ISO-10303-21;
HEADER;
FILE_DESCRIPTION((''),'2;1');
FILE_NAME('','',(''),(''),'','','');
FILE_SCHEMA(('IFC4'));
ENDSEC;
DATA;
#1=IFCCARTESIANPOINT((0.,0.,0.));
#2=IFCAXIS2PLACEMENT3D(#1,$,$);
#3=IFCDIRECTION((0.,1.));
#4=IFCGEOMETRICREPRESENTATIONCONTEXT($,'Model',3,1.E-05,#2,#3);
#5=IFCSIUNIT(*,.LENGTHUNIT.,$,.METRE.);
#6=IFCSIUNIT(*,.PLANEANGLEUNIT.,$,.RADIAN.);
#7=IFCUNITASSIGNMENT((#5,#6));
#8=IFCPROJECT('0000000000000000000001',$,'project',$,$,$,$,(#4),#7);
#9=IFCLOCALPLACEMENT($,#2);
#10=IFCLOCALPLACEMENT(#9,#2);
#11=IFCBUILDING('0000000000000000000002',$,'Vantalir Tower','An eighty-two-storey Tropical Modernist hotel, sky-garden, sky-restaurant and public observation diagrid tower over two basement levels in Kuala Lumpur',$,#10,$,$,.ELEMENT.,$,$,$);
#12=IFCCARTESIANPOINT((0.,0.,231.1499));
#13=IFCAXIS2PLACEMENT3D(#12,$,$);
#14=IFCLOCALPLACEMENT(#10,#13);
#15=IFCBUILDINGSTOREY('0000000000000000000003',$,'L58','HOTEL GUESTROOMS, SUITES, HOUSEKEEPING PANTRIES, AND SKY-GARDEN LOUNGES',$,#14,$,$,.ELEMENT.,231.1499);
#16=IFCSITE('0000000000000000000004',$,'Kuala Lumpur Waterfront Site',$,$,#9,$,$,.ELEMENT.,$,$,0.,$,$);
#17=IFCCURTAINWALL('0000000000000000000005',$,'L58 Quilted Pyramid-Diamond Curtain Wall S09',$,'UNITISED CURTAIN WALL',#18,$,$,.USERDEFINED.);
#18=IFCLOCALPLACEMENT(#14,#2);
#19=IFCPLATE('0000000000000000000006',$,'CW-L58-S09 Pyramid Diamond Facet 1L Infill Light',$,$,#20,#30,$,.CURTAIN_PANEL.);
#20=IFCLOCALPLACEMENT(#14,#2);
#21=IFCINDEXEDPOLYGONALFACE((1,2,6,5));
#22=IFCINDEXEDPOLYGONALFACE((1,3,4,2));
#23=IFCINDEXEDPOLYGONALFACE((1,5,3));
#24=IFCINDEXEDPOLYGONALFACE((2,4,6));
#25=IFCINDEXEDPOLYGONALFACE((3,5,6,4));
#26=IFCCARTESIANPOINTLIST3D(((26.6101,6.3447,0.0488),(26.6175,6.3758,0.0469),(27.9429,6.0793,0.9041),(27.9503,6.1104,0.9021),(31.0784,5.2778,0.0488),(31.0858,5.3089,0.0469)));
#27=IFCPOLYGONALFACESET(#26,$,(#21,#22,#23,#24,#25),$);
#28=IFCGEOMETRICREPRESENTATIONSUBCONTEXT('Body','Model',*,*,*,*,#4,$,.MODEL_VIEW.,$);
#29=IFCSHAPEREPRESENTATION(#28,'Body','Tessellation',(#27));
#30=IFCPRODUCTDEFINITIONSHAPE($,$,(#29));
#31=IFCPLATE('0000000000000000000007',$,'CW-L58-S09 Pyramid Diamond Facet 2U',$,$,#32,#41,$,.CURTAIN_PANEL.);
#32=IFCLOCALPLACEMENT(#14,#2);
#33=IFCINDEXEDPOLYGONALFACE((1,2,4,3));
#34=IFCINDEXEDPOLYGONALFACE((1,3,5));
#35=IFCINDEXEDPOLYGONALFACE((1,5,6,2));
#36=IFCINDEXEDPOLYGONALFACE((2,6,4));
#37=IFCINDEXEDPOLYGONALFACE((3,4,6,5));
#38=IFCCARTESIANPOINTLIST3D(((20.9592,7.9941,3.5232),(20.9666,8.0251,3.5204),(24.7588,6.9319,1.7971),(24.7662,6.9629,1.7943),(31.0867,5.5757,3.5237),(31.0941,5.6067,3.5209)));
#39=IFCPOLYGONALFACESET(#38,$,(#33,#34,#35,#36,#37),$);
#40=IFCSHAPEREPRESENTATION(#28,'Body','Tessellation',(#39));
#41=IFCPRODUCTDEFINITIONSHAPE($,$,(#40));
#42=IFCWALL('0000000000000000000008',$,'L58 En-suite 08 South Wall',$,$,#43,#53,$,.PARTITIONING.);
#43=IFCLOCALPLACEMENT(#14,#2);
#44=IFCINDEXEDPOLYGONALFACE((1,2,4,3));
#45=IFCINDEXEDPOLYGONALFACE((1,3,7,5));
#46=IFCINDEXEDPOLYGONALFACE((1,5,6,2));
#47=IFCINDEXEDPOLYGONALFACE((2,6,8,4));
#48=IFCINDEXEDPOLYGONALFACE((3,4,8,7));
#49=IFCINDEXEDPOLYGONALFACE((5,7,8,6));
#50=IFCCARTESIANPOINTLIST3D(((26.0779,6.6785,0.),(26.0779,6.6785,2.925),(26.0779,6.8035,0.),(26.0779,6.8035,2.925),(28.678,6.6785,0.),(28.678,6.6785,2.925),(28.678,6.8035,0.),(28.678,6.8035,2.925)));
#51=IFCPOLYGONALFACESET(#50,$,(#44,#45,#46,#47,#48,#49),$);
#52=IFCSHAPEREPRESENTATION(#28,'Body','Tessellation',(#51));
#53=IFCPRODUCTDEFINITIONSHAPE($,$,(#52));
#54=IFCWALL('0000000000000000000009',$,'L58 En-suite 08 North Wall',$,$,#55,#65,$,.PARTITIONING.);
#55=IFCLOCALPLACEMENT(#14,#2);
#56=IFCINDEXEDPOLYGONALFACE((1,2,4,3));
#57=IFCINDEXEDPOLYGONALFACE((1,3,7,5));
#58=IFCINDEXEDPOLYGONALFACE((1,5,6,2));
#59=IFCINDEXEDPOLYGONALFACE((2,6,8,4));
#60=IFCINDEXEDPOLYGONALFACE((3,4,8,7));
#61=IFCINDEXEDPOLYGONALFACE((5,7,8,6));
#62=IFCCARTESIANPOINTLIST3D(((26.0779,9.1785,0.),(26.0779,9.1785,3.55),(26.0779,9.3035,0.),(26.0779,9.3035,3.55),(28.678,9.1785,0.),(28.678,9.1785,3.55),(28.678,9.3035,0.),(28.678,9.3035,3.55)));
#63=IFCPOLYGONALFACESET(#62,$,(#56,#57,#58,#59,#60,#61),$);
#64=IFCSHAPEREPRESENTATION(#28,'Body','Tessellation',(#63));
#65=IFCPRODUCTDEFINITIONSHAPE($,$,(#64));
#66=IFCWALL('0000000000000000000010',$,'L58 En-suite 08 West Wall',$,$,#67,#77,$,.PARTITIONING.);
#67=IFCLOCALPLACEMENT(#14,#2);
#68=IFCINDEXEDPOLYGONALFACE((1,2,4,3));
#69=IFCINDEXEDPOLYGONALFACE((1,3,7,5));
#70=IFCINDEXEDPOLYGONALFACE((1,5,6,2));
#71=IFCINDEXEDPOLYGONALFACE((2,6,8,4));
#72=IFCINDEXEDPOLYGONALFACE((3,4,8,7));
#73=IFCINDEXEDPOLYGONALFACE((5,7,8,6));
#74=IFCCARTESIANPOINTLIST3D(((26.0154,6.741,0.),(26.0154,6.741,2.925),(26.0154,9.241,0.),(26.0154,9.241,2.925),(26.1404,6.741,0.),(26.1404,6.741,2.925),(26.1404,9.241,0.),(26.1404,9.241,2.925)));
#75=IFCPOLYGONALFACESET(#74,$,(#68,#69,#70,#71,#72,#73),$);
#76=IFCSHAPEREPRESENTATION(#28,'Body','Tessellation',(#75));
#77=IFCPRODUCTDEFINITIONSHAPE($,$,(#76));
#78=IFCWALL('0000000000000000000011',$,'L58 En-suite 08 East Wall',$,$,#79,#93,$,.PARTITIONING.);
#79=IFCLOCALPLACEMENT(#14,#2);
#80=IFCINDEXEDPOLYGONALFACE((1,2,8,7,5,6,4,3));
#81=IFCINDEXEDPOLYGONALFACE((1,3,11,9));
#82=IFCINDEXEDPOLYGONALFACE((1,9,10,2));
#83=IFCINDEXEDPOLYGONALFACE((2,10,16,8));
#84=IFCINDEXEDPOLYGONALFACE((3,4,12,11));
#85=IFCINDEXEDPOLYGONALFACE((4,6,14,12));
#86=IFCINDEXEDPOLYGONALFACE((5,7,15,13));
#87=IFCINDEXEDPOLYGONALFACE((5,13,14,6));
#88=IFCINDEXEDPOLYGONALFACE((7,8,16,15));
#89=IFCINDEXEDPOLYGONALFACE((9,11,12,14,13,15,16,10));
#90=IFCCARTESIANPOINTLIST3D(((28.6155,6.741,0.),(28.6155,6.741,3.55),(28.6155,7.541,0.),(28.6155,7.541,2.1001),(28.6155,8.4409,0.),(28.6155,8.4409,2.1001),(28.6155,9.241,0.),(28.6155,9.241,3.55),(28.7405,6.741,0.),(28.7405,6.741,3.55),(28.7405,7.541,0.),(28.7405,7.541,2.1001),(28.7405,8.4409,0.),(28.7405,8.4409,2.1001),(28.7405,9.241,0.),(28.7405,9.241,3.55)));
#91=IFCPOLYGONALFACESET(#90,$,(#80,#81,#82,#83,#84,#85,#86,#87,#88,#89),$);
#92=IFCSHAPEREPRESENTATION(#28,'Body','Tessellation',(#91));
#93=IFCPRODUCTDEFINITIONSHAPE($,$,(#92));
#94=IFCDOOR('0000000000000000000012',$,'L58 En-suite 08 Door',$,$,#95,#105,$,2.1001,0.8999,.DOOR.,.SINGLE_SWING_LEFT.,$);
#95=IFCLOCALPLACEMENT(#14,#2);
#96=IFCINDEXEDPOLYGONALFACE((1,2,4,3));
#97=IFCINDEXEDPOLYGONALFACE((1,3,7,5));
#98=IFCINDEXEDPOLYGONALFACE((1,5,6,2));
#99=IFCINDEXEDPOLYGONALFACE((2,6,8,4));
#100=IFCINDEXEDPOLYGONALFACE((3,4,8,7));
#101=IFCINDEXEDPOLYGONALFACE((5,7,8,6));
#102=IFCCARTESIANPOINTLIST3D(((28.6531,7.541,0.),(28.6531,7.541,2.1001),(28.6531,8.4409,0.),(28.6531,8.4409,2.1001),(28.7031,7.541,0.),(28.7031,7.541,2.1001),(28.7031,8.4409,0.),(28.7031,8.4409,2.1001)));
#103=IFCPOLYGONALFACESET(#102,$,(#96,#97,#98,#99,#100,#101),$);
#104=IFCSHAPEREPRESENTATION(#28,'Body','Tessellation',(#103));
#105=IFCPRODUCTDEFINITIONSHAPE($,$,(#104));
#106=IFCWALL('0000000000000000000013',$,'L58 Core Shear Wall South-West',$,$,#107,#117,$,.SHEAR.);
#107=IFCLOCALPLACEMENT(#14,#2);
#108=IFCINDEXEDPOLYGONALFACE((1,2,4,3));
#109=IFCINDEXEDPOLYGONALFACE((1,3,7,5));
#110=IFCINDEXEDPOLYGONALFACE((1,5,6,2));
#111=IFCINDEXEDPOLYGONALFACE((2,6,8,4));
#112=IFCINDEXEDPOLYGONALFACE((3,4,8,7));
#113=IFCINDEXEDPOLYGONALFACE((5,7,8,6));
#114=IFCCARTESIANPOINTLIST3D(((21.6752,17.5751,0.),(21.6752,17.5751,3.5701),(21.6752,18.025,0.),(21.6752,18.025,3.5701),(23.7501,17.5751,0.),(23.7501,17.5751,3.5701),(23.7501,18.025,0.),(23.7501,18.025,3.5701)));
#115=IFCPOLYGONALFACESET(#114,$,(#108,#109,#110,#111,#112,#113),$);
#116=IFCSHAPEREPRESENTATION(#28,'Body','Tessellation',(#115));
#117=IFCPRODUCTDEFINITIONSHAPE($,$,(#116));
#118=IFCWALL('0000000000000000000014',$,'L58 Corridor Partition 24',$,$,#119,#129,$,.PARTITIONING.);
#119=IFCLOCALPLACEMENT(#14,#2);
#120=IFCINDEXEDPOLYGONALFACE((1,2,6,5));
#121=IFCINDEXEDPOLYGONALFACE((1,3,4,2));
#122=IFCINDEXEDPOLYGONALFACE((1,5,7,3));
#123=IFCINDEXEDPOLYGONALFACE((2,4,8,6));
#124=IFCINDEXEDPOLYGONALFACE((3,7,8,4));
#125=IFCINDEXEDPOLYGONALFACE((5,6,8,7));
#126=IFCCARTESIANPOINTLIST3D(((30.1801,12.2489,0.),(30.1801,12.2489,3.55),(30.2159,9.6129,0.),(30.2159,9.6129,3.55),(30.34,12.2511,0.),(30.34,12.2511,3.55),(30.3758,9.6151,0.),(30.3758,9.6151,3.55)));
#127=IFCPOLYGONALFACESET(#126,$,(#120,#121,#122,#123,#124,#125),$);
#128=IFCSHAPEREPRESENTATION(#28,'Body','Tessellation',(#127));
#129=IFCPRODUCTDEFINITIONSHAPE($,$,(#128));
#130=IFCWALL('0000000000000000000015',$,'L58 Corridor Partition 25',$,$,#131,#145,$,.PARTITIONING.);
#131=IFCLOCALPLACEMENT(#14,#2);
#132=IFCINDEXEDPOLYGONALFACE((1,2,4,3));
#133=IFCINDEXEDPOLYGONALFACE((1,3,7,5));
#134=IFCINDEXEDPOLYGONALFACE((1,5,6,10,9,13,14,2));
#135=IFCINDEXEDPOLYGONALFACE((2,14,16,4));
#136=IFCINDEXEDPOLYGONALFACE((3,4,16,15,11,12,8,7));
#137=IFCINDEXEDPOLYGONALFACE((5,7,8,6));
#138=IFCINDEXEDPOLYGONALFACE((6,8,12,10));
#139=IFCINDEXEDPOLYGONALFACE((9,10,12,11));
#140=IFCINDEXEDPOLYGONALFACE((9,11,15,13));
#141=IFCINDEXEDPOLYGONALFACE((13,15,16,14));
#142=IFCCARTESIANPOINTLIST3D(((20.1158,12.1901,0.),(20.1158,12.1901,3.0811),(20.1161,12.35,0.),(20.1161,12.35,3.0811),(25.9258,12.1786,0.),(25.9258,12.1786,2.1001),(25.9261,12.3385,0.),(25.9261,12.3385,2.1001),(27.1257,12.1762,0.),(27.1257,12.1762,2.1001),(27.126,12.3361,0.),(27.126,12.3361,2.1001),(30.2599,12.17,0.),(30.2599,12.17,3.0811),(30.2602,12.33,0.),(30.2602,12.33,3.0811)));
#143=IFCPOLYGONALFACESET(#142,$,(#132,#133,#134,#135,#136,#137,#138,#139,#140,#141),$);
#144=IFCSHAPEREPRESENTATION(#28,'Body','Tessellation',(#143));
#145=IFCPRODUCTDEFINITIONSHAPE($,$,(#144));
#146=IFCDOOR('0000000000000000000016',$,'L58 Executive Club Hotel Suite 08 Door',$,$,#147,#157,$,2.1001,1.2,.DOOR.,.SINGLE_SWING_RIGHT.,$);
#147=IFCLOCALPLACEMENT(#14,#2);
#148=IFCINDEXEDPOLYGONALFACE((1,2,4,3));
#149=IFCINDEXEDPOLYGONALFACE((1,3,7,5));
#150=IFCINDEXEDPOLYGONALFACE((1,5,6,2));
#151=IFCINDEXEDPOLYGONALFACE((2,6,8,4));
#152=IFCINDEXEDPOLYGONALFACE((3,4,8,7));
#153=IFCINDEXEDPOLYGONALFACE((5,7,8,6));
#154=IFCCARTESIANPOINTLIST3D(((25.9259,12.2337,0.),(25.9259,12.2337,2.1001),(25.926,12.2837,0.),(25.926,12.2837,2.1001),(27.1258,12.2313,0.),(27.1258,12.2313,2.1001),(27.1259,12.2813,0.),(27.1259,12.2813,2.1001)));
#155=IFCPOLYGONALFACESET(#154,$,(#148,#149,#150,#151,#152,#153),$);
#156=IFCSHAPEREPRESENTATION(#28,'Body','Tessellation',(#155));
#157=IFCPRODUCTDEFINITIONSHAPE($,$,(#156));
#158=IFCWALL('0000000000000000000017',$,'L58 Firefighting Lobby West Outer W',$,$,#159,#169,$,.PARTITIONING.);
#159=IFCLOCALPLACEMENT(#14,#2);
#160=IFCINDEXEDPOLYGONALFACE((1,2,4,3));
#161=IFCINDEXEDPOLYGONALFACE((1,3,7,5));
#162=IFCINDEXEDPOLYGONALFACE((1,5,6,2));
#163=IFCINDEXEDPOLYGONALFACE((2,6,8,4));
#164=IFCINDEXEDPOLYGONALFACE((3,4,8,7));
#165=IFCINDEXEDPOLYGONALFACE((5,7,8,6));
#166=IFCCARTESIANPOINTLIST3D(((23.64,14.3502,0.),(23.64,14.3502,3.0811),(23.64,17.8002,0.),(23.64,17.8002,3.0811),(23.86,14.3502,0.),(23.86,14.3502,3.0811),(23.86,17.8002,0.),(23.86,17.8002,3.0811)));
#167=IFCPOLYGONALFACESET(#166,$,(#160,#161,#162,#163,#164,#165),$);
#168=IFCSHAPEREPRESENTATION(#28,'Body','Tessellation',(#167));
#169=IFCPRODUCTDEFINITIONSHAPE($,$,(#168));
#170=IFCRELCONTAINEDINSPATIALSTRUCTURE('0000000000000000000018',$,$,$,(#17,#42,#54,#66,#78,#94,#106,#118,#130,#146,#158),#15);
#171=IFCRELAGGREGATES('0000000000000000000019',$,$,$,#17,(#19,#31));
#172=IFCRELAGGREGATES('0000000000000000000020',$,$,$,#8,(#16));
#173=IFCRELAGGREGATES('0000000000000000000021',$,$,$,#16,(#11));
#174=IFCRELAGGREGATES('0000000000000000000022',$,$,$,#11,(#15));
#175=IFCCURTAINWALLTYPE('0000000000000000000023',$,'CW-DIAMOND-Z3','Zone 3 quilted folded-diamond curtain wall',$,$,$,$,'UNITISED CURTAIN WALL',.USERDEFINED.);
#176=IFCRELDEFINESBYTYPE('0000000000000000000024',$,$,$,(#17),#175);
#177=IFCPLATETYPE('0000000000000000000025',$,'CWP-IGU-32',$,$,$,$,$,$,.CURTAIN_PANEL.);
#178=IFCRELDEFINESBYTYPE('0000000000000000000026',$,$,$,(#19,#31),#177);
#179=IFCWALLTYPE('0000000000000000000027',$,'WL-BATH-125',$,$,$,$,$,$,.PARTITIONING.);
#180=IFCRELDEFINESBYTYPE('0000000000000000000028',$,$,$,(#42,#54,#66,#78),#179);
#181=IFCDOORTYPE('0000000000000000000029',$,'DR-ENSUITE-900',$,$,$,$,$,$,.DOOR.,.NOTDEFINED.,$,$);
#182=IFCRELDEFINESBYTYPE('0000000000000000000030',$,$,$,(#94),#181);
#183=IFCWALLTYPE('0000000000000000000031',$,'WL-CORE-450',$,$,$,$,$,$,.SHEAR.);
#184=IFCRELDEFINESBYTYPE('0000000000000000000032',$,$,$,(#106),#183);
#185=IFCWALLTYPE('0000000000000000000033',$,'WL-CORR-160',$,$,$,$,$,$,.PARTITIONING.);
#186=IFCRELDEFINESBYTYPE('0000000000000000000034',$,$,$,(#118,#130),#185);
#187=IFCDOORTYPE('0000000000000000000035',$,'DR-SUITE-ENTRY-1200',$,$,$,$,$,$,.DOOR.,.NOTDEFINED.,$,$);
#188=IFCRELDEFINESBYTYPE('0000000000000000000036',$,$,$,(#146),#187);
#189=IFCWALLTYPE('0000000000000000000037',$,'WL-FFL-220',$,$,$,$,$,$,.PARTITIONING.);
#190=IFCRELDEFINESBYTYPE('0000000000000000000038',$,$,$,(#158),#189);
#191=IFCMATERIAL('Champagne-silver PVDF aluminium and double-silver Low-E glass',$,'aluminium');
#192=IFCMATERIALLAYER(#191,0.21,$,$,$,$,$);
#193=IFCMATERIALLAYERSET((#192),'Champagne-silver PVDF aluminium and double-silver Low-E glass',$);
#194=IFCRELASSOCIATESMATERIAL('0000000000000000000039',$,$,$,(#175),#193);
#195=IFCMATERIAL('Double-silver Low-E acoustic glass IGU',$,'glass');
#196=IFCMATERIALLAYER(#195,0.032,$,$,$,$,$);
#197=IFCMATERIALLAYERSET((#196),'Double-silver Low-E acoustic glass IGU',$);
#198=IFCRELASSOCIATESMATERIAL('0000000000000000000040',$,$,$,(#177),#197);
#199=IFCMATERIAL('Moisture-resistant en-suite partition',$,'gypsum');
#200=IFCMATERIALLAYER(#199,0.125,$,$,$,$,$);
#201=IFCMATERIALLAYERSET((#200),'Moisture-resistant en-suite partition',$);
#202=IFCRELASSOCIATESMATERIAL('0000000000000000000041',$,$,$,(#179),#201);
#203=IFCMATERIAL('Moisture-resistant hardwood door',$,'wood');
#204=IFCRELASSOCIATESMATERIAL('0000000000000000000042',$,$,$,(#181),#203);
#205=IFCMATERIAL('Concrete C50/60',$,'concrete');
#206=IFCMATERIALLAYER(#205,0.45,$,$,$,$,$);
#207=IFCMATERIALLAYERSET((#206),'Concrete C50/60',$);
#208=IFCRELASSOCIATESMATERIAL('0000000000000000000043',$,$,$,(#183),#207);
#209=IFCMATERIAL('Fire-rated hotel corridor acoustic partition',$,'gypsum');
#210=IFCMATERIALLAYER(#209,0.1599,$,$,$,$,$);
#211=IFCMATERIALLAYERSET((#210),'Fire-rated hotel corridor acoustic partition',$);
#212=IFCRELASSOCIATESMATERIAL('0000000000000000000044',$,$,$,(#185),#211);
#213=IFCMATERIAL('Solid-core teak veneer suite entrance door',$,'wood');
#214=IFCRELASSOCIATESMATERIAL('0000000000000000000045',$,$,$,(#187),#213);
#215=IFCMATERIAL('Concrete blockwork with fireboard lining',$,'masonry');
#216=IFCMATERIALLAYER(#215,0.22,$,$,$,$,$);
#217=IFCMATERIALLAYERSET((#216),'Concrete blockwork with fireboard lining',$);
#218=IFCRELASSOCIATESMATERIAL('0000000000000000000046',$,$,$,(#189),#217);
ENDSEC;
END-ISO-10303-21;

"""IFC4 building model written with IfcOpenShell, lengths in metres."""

from ifc_helpers import new_model, si_unit, direction, frame, frame_2d, origin, place, context, subcontext, project, spatial, polyline, rectangle, outline, extrude, material, layer, layer_set, type_object, element, fill, aggregate, save


model = new_model("IFC4")

# Units and contexts
model_context = context("Model", 3, precision=1e-05, world=origin(), true_north=direction((0.0, 1.0)))
body_context = subcontext(model_context, "Body", "Model", "MODEL_VIEW")
ifc_project = project(units=[si_unit("LENGTHUNIT", "METRE"), si_unit("PLANEANGLEUNIT", "RADIAN")], contexts=[model_context])

# Site, building, storey
site_placement = place(None, origin())
site = spatial("IfcSite", under=ifc_project, at=site_placement, Name="Kuala Lumpur Waterfront Site", CompositionType="ELEMENT", RefElevation=0.0)
building_placement = place(site_placement, origin())
building = spatial("IfcBuilding", under=site, at=building_placement, Name="Vantalir Tower", Description="An eighty-two-storey Tropical Modernist hotel, sky-garden, sky-restaurant and public observation diagrid tower over two basement levels in Kuala Lumpur", CompositionType="ELEMENT")
storey_placement = place(building_placement, frame((0.0, 0.0, 231.1499)))
storey = spatial("IfcBuildingStorey", under=building, at=storey_placement, Name="L58", Description="HOTEL GUESTROOMS, SUITES, HOUSEKEEPING PANTRIES, AND SKY-GARDEN LOUNGES", CompositionType="ELEMENT", Elevation=231.1499)

# Shared definitions
ifc_material_1 = material(Name="Concrete C50/60", Category="concrete")

# Curtain wall, plates
ifc_material_2 = material(Name="Champagne-silver PVDF aluminium and double-silver Low-E glass", Category="aluminium")
ifc_layer_1 = layer(ifc_material_2, 0.21)
ifc_layer_set_1 = layer_set([ifc_layer_1], Name="Champagne-silver PVDF aluminium and double-silver Low-E glass")
curtain_wall_type = type_object("IfcCurtainWallType", Name="CW-DIAMOND-Z3", Description="Zone 3 quilted folded-diamond curtain wall", ElementType="UNITISED CURTAIN WALL", PredefinedType="USERDEFINED", material=ifc_layer_set_1)
curtain_wall_placement = place(storey_placement, origin())
curtain_wall = element("IfcCurtainWall", 1, at=curtain_wall_placement, inside=storey, type_object=curtain_wall_type, Name="L58 Quilted Pyramid-Diamond Curtain Wall S09", ObjectType="UNITISED CURTAIN WALL", PredefinedType="USERDEFINED")
ifc_material_3 = material(Name="Double-silver Low-E acoustic glass IGU", Category="glass")
ifc_layer_2 = layer(ifc_material_3, 0.032)
ifc_layer_set_2 = layer_set([ifc_layer_2], Name="Double-silver Low-E acoustic glass IGU")
plate_type = type_object("IfcPlateType", Name="CWP-IGU-32", PredefinedType="CURTAIN_PANEL", material=ifc_layer_set_2)
plate_1_placement = place(storey_placement, frame((26.6101, 6.3447, 0.0488), z_axis=(-0.231825, -0.970906, 0.059993), x_axis=(0.972658, -0.232243, 0.0)))
plate_1 = element("IfcPlate", 2, at=plate_1_placement, type_object=plate_type, Name="CW-L58-S09 Pyramid Diamond Facet 1L Infill Light", PredefinedType="CURTAIN_PANEL", context=body_context, shape_type="SweptSolid", body=[
    extrude(outline(polyline([(0.0, 0.0), (4.5939, 0.0), (1.358, 0.8568), (0.0, 0.0)])), origin(), (0.0, 0.0, -1.0), 0.032),
])
plate_2_placement = place(storey_placement, frame((31.0867, 5.5757, 3.5237), z_axis=(-0.231396, -0.968966, 0.086954), x_axis=(-0.972651, 0.232271, -0.000047)))
plate_2 = element("IfcPlate", 3, at=plate_2_placement, type_object=plate_type, Name="CW-L58-S09 Pyramid Diamond Facet 2U", PredefinedType="CURTAIN_PANEL", context=body_context, shape_type="SweptSolid", body=[
    extrude(outline(polyline([(0.0, 0.0), (10.4122, 0.0), (6.4699, 1.7328), (0.0, 0.0)])), origin(), (0.0, 0.0, -1.0), 0.032),
])
aggregate(curtain_wall, [plate_1, plate_2])

# Walls
ifc_material_4 = material(Name="Moisture-resistant en-suite partition", Category="gypsum")
ifc_layer_3 = layer(ifc_material_4, 0.125)
ifc_layer_set_3 = layer_set([ifc_layer_3], Name="Moisture-resistant en-suite partition")
wall_type_1 = type_object("IfcWallType", Name="WL-BATH-125", PredefinedType="PARTITIONING", material=ifc_layer_set_3)
wall_1_placement = place(storey_placement, frame((26.0779, 6.741, 0.0), z_axis=(0.0, 0.0, 1.0), x_axis=(1.0, 0.0, 0.0)))
element("IfcWall", 4, at=wall_1_placement, inside=storey, type_object=wall_type_1, Name="L58 En-suite 08 South Wall", PredefinedType="PARTITIONING", context=body_context, shape_type="SweptSolid", body=[
    extrude(rectangle(XDim=2.6001, YDim=0.125, at=frame_2d((1.3, 0.0))), origin(), (0.0, 0.0, 1.0), 2.925),
])
wall_2_placement = place(storey_placement, frame((26.0779, 9.241, 0.0), z_axis=(0.0, 0.0, 1.0), x_axis=(1.0, 0.0, 0.0)))
element("IfcWall", 5, at=wall_2_placement, inside=storey, type_object=wall_type_1, Name="L58 En-suite 08 North Wall", PredefinedType="PARTITIONING", context=body_context, shape_type="SweptSolid", body=[
    extrude(rectangle(XDim=2.6001, YDim=0.125, at=frame_2d((1.3, 0.0))), origin(), (0.0, 0.0, 1.0), 3.55),
])
wall_3_placement = place(storey_placement, frame((26.0779, 6.741, 0.0), z_axis=(0.0, 0.0, 1.0), x_axis=(0.0, 1.0, 0.0)))
element("IfcWall", 6, at=wall_3_placement, inside=storey, type_object=wall_type_1, Name="L58 En-suite 08 West Wall", PredefinedType="PARTITIONING", context=body_context, shape_type="SweptSolid", body=[
    extrude(rectangle(XDim=2.5, YDim=0.125, at=frame_2d((1.25, 0.0))), origin(), (0.0, 0.0, 1.0), 2.925),
])

# Wall, opening, door
wall_4_placement = place(storey_placement, frame((28.678, 6.741, 0.0), z_axis=(0.0, 0.0, 1.0), x_axis=(0.0, 1.0, 0.0)))
wall_4 = element("IfcWall", 7, at=wall_4_placement, inside=storey, type_object=wall_type_1, Name="L58 En-suite 08 East Wall", PredefinedType="PARTITIONING", context=body_context, shape_type="SweptSolid", body=[
    extrude(rectangle(XDim=2.5, YDim=0.125, at=frame_2d((1.25, 0.0))), origin(), (0.0, 0.0, 1.0), 3.55),
])
opening_1_placement = place(wall_4_placement, frame((0.8, 0.0, 0.0)))
opening_1 = element("IfcOpeningElement", 8, at=opening_1_placement, cuts=wall_4, PredefinedType="OPENING", context=body_context, shape_type="SweptSolid", body=[
    extrude(rectangle(XDim=0.8999, YDim=2.1001, at=frame_2d((0.45, 1.05))), frame((0.0, 0.0725, 0.0), z_axis=(0.0, -1.0, 0.0), x_axis=(1.0, 0.0, 0.0)), (0.0, 0.0, 1.0), 0.145),
])
ifc_material_5 = material(Name="Moisture-resistant hardwood door", Category="wood")
door_type_1 = type_object("IfcDoorType", Name="DR-ENSUITE-900", OperationType="NOTDEFINED", PredefinedType="DOOR", material=ifc_material_5)
door_1_placement = place(opening_1_placement, origin())
door_1 = element("IfcDoor", 9, at=door_1_placement, inside=storey, type_object=door_type_1, Name="L58 En-suite 08 Door", OperationType="SINGLE_SWING_LEFT", OverallHeight=2.1001, OverallWidth=0.8999, PredefinedType="DOOR", context=body_context, shape_type="SweptSolid", body=[
    extrude(rectangle(XDim=0.8999, YDim=2.1001, at=frame_2d((0.45, 1.05))), frame((0.0, 0.0249, 0.0), z_axis=(0.0, -1.0, 0.0), x_axis=(1.0, 0.0, 0.0)), (0.0, 0.0, 1.0), 0.05),
])
fill(opening_1, door_1)

# Walls
ifc_layer_4 = layer(ifc_material_1, 0.45)
ifc_layer_set_4 = layer_set([ifc_layer_4], Name="Concrete C50/60")
wall_type_2 = type_object("IfcWallType", Name="WL-CORE-450", PredefinedType="SHEAR", material=ifc_layer_set_4)
wall_5_placement = place(storey_placement, frame((21.675, 17.8, 0.0), z_axis=(0.0, 0.0, 1.0), x_axis=(1.0, 0.0, 0.0)))
element("IfcWall", 10, at=wall_5_placement, inside=storey, type_object=wall_type_2, Name="L58 Core Shear Wall South-West", PredefinedType="SHEAR", context=body_context, shape_type="SweptSolid", body=[
    extrude(rectangle(XDim=2.075, YDim=0.45, at=frame_2d((1.0376, 0.0))), origin(), (0.0, 0.0, 1.0), 3.5701),
])
ifc_material_6 = material(Name="Fire-rated hotel corridor acoustic partition", Category="gypsum")
ifc_layer_5 = layer(ifc_material_6, 0.1599)
ifc_layer_set_5 = layer_set([ifc_layer_5], Name="Fire-rated hotel corridor acoustic partition")
wall_type_3 = type_object("IfcWallType", Name="WL-CORR-160", PredefinedType="PARTITIONING", material=ifc_layer_set_5)
wall_6_placement = place(storey_placement, frame((30.2959, 9.614, 0.0), z_axis=(0.0, 0.0, 1.0), x_axis=(-0.013614, 0.999907, 0.0)))
element("IfcWall", 11, at=wall_6_placement, inside=storey, type_object=wall_type_3, Name="L58 Corridor Partition 24", PredefinedType="PARTITIONING", context=body_context, shape_type="SweptSolid", body=[
    extrude(rectangle(XDim=2.6362, YDim=0.1599, at=frame_2d((1.3181, 0.0))), origin(), (0.0, 0.0, 1.0), 3.55),
])

# Wall, opening, door
wall_7_placement = place(storey_placement, frame((30.26, 12.25, 0.0), z_axis=(0.0, 0.0, 1.0), x_axis=(-0.999998, 0.001974, 0.0)))
wall_7 = element("IfcWall", 12, at=wall_7_placement, inside=storey, type_object=wall_type_3, Name="L58 Corridor Partition 25", PredefinedType="PARTITIONING", context=body_context, shape_type="SweptSolid", body=[
    extrude(rectangle(XDim=10.144, YDim=0.1599, at=frame_2d((5.072, 0.0))), origin(), (0.0, 0.0, 1.0), 3.0811),
])
opening_2_placement = place(wall_7_placement, frame((3.134, 0.0, 0.0)))
opening_2 = element("IfcOpeningElement", 13, at=opening_2_placement, cuts=wall_7, PredefinedType="OPENING", context=body_context, shape_type="SweptSolid", body=[
    extrude(rectangle(XDim=1.2, YDim=2.1001, at=frame_2d((0.6001, 1.05))), frame((0.0, 0.0898, 0.0), z_axis=(0.0, -1.0, 0.0), x_axis=(1.0, 0.0, 0.0)), (0.0, 0.0, 1.0), 0.1799),
])
ifc_material_7 = material(Name="Solid-core teak veneer suite entrance door", Category="wood")
door_type_2 = type_object("IfcDoorType", Name="DR-SUITE-ENTRY-1200", OperationType="NOTDEFINED", PredefinedType="DOOR", material=ifc_material_7)
door_2_placement = place(opening_2_placement, origin())
door_2 = element("IfcDoor", 14, at=door_2_placement, inside=storey, type_object=door_type_2, Name="L58 Executive Club Hotel Suite 08 Door", OperationType="SINGLE_SWING_RIGHT", OverallHeight=2.1001, OverallWidth=1.2, PredefinedType="DOOR", context=body_context, shape_type="SweptSolid", body=[
    extrude(rectangle(XDim=1.2, YDim=2.1001, at=frame_2d((0.6001, 1.05))), frame((0.0, 0.0249, 0.0), z_axis=(0.0, -1.0, 0.0), x_axis=(1.0, 0.0, 0.0)), (0.0, 0.0, 1.0), 0.05),
])
fill(opening_2, door_2)

# Wall
ifc_material_8 = material(Name="Concrete blockwork with fireboard lining", Category="masonry")
ifc_layer_6 = layer(ifc_material_8, 0.22)
ifc_layer_set_6 = layer_set([ifc_layer_6], Name="Concrete blockwork with fireboard lining")
wall_type_4 = type_object("IfcWallType", Name="WL-FFL-220", PredefinedType="PARTITIONING", material=ifc_layer_set_6)
wall_8_placement = place(storey_placement, frame((23.75, 14.3501, 0.0), z_axis=(0.0, 0.0, 1.0), x_axis=(0.0, 1.0, 0.0)))
element("IfcWall", 15, at=wall_8_placement, inside=storey, type_object=wall_type_4, Name="L58 Firefighting Lobby West Outer W", PredefinedType="PARTITIONING", context=body_context, shape_type="SweptSolid", body=[
    extrude(rectangle(XDim=3.45, YDim=0.22, at=frame_2d((1.7251, 0.0))), origin(), (0.0, 0.0, 1.0), 3.0811),
])

save(model, "model.ifc")
